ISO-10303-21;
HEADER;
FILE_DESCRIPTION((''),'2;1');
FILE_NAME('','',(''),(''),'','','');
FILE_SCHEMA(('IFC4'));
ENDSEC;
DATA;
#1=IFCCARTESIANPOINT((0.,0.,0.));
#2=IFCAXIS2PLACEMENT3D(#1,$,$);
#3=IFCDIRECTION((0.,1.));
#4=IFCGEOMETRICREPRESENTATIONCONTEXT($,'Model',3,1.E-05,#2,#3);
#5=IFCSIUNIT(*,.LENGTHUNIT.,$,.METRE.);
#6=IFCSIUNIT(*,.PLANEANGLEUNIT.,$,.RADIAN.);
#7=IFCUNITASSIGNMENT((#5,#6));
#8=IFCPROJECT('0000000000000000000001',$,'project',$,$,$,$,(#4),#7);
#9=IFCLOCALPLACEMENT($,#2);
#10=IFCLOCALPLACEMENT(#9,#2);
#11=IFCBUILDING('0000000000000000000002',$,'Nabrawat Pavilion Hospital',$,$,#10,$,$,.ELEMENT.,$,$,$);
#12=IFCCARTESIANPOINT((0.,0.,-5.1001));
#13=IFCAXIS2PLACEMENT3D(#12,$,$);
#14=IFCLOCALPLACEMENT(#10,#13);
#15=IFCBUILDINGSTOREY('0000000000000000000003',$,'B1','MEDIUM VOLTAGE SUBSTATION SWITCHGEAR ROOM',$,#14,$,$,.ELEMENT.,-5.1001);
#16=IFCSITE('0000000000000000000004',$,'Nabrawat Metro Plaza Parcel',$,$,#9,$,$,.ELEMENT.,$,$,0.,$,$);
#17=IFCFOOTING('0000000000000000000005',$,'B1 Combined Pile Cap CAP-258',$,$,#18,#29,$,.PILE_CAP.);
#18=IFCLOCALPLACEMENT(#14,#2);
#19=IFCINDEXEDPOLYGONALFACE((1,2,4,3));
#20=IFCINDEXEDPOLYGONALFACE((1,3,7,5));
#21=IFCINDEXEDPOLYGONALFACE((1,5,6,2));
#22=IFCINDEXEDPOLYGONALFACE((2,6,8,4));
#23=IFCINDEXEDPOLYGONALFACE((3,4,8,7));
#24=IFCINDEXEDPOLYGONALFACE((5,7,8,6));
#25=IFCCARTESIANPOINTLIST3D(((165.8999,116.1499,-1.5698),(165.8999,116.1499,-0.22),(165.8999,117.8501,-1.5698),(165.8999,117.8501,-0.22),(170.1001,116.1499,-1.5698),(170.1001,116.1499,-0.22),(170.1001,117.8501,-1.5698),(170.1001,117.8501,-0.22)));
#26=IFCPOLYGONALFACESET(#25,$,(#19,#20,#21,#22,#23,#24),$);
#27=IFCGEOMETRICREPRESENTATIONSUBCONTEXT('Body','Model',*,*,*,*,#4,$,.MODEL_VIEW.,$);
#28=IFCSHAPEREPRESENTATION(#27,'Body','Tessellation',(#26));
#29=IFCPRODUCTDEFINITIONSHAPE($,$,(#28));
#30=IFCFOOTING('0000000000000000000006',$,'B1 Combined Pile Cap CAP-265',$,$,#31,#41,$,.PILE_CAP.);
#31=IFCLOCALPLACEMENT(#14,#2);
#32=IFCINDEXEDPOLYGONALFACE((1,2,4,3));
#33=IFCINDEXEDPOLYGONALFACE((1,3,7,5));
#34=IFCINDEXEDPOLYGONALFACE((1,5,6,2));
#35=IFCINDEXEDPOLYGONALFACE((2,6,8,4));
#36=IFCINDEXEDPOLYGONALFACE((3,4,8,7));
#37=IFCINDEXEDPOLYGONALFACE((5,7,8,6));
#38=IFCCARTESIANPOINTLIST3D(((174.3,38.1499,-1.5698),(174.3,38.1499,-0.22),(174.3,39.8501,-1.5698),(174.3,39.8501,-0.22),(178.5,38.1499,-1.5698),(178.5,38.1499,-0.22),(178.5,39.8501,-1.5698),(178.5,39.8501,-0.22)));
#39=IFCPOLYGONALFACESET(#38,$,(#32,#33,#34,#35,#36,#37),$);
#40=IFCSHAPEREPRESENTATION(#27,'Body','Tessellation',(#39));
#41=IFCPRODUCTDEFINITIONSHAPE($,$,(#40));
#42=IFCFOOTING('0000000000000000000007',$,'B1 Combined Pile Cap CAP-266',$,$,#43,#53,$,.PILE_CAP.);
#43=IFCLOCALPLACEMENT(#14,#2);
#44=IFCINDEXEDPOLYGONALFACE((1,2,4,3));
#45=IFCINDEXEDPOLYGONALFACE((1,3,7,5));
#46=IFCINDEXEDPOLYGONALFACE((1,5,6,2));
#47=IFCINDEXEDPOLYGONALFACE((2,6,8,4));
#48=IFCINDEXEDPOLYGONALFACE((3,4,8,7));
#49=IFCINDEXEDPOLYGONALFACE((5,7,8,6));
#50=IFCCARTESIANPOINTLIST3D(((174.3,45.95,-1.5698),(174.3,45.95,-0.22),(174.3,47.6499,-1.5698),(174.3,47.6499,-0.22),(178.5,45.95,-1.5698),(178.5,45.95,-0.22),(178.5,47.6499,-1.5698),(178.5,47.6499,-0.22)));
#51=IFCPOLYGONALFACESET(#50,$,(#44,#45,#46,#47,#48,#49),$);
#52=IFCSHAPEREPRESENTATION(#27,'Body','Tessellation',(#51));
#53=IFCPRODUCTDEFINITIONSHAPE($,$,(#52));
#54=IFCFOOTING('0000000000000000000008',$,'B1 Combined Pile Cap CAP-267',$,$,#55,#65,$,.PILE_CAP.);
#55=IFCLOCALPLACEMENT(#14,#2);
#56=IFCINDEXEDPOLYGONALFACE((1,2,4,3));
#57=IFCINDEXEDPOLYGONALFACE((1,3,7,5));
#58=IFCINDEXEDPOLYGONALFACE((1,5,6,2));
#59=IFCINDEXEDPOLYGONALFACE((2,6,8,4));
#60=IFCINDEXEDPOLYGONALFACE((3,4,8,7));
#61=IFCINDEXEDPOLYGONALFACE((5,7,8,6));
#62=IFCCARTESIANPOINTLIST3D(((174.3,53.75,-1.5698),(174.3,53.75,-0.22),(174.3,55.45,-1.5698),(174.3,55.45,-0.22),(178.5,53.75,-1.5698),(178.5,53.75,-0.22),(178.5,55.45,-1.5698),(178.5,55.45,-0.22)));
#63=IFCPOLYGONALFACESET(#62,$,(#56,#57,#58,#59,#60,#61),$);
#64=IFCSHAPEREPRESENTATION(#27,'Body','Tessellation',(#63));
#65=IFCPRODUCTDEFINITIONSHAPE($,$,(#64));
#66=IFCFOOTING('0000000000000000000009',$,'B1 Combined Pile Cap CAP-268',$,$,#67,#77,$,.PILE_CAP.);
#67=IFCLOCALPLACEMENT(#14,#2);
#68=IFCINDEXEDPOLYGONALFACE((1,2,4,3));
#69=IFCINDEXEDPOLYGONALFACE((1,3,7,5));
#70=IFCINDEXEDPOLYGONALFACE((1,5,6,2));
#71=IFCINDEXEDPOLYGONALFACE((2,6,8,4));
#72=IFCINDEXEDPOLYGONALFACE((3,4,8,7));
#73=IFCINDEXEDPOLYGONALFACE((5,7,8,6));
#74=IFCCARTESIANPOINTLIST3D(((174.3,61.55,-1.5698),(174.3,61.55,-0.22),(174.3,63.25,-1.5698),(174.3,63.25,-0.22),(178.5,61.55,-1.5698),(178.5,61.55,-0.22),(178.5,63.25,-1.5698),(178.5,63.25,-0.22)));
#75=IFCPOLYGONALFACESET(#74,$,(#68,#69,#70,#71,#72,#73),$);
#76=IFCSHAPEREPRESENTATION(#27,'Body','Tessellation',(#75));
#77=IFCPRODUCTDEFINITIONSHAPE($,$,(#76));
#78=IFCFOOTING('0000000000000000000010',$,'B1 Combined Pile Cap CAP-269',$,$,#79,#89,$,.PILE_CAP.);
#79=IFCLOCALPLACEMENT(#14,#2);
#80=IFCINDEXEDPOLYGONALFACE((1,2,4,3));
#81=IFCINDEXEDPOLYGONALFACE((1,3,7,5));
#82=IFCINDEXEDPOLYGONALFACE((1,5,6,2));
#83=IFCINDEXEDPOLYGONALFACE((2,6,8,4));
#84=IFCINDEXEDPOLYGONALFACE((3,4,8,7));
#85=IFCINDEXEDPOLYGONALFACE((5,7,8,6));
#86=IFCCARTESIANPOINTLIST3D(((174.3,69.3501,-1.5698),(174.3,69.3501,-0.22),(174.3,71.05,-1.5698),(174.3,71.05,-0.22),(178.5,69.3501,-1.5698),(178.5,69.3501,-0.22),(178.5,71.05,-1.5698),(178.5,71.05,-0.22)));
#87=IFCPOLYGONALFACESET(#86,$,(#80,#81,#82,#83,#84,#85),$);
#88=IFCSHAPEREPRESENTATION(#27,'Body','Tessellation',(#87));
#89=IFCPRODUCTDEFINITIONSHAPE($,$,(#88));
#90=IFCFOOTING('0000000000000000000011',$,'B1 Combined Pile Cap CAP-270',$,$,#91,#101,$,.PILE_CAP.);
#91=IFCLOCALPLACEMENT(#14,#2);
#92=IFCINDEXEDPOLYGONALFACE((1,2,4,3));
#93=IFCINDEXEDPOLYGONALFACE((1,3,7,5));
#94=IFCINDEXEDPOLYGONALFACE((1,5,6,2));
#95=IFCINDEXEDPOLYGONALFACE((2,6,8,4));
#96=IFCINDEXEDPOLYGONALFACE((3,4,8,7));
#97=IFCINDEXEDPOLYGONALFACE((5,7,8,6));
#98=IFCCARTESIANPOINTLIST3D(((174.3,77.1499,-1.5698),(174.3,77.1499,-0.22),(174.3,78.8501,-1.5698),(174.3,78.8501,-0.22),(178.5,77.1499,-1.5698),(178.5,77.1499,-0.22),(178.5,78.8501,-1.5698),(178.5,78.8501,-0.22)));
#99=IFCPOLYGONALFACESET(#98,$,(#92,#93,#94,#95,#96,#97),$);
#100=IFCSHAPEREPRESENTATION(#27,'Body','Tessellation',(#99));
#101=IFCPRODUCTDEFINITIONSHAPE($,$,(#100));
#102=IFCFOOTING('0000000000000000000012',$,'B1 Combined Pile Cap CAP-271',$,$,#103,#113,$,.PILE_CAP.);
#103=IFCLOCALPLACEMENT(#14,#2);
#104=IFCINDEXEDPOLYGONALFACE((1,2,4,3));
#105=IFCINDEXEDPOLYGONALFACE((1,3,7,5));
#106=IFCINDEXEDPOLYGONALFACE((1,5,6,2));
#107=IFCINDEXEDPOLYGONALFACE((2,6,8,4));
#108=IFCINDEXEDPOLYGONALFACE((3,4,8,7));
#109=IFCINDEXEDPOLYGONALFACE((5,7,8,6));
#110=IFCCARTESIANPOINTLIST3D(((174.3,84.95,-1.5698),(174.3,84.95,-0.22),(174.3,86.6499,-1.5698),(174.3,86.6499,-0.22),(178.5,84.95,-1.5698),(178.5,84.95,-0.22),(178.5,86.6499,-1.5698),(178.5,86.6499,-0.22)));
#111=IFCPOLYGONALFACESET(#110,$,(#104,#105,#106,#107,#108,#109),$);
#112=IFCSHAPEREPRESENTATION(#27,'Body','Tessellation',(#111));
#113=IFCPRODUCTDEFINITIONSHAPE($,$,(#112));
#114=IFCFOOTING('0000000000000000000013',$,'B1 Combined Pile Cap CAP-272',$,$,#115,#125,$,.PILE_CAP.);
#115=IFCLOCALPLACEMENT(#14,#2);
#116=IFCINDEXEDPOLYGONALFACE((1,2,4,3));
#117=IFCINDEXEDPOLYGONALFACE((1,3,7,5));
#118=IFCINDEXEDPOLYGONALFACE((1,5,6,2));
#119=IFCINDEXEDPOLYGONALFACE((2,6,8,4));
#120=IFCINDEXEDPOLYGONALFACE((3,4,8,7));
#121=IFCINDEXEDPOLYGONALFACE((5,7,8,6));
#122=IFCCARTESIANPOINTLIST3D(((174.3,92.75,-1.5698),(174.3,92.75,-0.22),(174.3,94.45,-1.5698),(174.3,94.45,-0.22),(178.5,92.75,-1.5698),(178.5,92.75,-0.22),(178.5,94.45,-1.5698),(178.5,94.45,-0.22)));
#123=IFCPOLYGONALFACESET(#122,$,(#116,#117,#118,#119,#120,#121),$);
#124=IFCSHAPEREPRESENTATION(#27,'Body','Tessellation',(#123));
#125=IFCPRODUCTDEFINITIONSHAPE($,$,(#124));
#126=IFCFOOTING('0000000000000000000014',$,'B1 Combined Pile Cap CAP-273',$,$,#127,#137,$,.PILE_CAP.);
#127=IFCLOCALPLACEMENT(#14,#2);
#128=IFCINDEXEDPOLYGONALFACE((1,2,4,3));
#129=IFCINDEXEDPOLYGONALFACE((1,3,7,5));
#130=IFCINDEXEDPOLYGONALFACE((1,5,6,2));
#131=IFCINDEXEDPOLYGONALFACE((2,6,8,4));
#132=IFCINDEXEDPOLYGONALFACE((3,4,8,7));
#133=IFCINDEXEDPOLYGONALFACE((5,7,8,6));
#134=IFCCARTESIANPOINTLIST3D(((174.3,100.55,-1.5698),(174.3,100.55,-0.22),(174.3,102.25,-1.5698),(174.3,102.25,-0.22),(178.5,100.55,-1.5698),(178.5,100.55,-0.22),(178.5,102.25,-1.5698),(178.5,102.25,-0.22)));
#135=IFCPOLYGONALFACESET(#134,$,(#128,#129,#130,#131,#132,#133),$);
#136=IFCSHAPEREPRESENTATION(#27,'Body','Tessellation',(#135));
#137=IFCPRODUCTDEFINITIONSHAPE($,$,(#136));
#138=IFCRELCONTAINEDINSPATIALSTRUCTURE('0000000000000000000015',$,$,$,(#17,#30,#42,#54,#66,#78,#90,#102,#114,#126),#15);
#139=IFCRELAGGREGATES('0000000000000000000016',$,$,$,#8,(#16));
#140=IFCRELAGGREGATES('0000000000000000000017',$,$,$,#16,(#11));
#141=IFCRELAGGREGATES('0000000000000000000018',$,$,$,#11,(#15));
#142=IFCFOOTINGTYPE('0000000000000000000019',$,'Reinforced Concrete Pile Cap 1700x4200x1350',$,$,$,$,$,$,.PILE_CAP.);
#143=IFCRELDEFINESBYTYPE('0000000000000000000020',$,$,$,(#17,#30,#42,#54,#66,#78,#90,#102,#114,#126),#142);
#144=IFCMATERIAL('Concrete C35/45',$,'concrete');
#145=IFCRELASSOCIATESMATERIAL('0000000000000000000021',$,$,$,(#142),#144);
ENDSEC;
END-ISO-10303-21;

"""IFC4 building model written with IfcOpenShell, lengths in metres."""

from ifc_helpers import new_model, si_unit, direction, frame, origin, place, context, subcontext, project, spatial, polyline, outline, extrude, material, type_object, element, save


model = new_model("IFC4")

# Units and contexts
model_context = context("Model", 3, precision=1e-05, world=origin(), true_north=direction((0.0, 1.0)))
body_context = subcontext(model_context, "Body", "Model", "MODEL_VIEW")
ifc_project = project(units=[si_unit("LENGTHUNIT", "METRE"), si_unit("PLANEANGLEUNIT", "RADIAN")], contexts=[model_context])

# Site, building, storey
site_placement = place(None, origin())
site = spatial("IfcSite", under=ifc_project, at=site_placement, Name="Nabrawat Metro Plaza Parcel", CompositionType="ELEMENT", RefElevation=0.0)
building_placement = place(site_placement, origin())
building = spatial("IfcBuilding", under=site, at=building_placement, Name="Nabrawat Pavilion Hospital", CompositionType="ELEMENT")
storey_placement = place(building_placement, frame((0.0, 0.0, -5.1001)))
storey = spatial("IfcBuildingStorey", under=building, at=storey_placement, Name="B1", Description="MEDIUM VOLTAGE SUBSTATION SWITCHGEAR ROOM", CompositionType="ELEMENT", Elevation=-5.1001)

# Footings
ifc_material = material(Name="Concrete C35/45", Category="concrete")
footing_type = type_object("IfcFootingType", Name="Reinforced Concrete Pile Cap 1700x4200x1350", PredefinedType="PILE_CAP", material=ifc_material)
footing_1_placement = place(storey_placement, frame((0.0, 0.0, -1.5698)))
element("IfcFooting", 1, at=footing_1_placement, inside=storey, type_object=footing_type, Name="B1 Combined Pile Cap CAP-258", PredefinedType="PILE_CAP", context=body_context, shape_type="SweptSolid", body=[
    extrude(outline(polyline([(170.1001, 116.1499), (170.1001, 117.8501), (165.8999, 117.8501), (165.8999, 116.1499), (170.1001, 116.1499)])), origin(), (0.0, 0.0, 1.0), 1.3499),
])
footing_2_placement = place(storey_placement, frame((0.0, 0.0, -1.5698)))
element("IfcFooting", 2, at=footing_2_placement, inside=storey, type_object=footing_type, Name="B1 Combined Pile Cap CAP-265", PredefinedType="PILE_CAP", context=body_context, shape_type="SweptSolid", body=[
    extrude(outline(polyline([(178.5, 38.1499), (178.5, 39.8501), (174.3, 39.8501), (174.3, 38.1499), (178.5, 38.1499)])), origin(), (0.0, 0.0, 1.0), 1.3499),
])
footing_3_placement = place(storey_placement, frame((0.0, 0.0, -1.5698)))
element("IfcFooting", 3, at=footing_3_placement, inside=storey, type_object=footing_type, Name="B1 Combined Pile Cap CAP-266", PredefinedType="PILE_CAP", context=body_context, shape_type="SweptSolid", body=[
    extrude(outline(polyline([(178.5, 45.95), (178.5, 47.6499), (174.3, 47.6499), (174.3, 45.95), (178.5, 45.95)])), origin(), (0.0, 0.0, 1.0), 1.3499),
])
footing_4_placement = place(storey_placement, frame((0.0, 0.0, -1.5698)))
element("IfcFooting", 4, at=footing_4_placement, inside=storey, type_object=footing_type, Name="B1 Combined Pile Cap CAP-267", PredefinedType="PILE_CAP", context=body_context, shape_type="SweptSolid", body=[
    extrude(outline(polyline([(178.5, 53.75), (178.5, 55.45), (174.3, 55.45), (174.3, 53.75), (178.5, 53.75)])), origin(), (0.0, 0.0, 1.0), 1.3499),
])
footing_5_placement = place(storey_placement, frame((0.0, 0.0, -1.5698)))
element("IfcFooting", 5, at=footing_5_placement, inside=storey, type_object=footing_type, Name="B1 Combined Pile Cap CAP-268", PredefinedType="PILE_CAP", context=body_context, shape_type="SweptSolid", body=[
    extrude(outline(polyline([(178.5, 61.55), (178.5, 63.25), (174.3, 63.25), (174.3, 61.55), (178.5, 61.55)])), origin(), (0.0, 0.0, 1.0), 1.3499),
])
footing_6_placement = place(storey_placement, frame((0.0, 0.0, -1.5698)))
element("IfcFooting", 6, at=footing_6_placement, inside=storey, type_object=footing_type, Name="B1 Combined Pile Cap CAP-269", PredefinedType="PILE_CAP", context=body_context, shape_type="SweptSolid", body=[
    extrude(outline(polyline([(178.5, 69.3501), (178.5, 71.05), (174.3, 71.05), (174.3, 69.3501), (178.5, 69.3501)])), origin(), (0.0, 0.0, 1.0), 1.3499),
])
footing_7_placement = place(storey_placement, frame((0.0, 0.0, -1.5698)))
element("IfcFooting", 7, at=footing_7_placement, inside=storey, type_object=footing_type, Name="B1 Combined Pile Cap CAP-270", PredefinedType="PILE_CAP", context=body_context, shape_type="SweptSolid", body=[
    extrude(outline(polyline([(178.5, 77.1499), (178.5, 78.8501), (174.3, 78.8501), (174.3, 77.1499), (178.5, 77.1499)])), origin(), (0.0, 0.0, 1.0), 1.3499),
])
footing_8_placement = place(storey_placement, frame((0.0, 0.0, -1.5698)))
element("IfcFooting", 8, at=footing_8_placement, inside=storey, type_object=footing_type, Name="B1 Combined Pile Cap CAP-271", PredefinedType="PILE_CAP", context=body_context, shape_type="SweptSolid", body=[
    extrude(outline(polyline([(178.5, 84.95), (178.5, 86.6499), (174.3, 86.6499), (174.3, 84.95), (178.5, 84.95)])), origin(), (0.0, 0.0, 1.0), 1.3499),
])
footing_9_placement = place(storey_placement, frame((0.0, 0.0, -1.5698)))
element("IfcFooting", 9, at=footing_9_placement, inside=storey, type_object=footing_type, Name="B1 Combined Pile Cap CAP-272", PredefinedType="PILE_CAP", context=body_context, shape_type="SweptSolid", body=[
    extrude(outline(polyline([(178.5, 92.75), (178.5, 94.45), (174.3, 94.45), (174.3, 92.75), (178.5, 92.75)])), origin(), (0.0, 0.0, 1.0), 1.3499),
])
footing_10_placement = place(storey_placement, frame((0.0, 0.0, -1.5698)))
element("IfcFooting", 10, at=footing_10_placement, inside=storey, type_object=footing_type, Name="B1 Combined Pile Cap CAP-273", PredefinedType="PILE_CAP", context=body_context, shape_type="SweptSolid", body=[
    extrude(outline(polyline([(178.5, 100.55), (178.5, 102.25), (174.3, 102.25), (174.3, 100.55), (178.5, 100.55)])), origin(), (0.0, 0.0, 1.0), 1.3499),
])

save(model, "model.ifc")
